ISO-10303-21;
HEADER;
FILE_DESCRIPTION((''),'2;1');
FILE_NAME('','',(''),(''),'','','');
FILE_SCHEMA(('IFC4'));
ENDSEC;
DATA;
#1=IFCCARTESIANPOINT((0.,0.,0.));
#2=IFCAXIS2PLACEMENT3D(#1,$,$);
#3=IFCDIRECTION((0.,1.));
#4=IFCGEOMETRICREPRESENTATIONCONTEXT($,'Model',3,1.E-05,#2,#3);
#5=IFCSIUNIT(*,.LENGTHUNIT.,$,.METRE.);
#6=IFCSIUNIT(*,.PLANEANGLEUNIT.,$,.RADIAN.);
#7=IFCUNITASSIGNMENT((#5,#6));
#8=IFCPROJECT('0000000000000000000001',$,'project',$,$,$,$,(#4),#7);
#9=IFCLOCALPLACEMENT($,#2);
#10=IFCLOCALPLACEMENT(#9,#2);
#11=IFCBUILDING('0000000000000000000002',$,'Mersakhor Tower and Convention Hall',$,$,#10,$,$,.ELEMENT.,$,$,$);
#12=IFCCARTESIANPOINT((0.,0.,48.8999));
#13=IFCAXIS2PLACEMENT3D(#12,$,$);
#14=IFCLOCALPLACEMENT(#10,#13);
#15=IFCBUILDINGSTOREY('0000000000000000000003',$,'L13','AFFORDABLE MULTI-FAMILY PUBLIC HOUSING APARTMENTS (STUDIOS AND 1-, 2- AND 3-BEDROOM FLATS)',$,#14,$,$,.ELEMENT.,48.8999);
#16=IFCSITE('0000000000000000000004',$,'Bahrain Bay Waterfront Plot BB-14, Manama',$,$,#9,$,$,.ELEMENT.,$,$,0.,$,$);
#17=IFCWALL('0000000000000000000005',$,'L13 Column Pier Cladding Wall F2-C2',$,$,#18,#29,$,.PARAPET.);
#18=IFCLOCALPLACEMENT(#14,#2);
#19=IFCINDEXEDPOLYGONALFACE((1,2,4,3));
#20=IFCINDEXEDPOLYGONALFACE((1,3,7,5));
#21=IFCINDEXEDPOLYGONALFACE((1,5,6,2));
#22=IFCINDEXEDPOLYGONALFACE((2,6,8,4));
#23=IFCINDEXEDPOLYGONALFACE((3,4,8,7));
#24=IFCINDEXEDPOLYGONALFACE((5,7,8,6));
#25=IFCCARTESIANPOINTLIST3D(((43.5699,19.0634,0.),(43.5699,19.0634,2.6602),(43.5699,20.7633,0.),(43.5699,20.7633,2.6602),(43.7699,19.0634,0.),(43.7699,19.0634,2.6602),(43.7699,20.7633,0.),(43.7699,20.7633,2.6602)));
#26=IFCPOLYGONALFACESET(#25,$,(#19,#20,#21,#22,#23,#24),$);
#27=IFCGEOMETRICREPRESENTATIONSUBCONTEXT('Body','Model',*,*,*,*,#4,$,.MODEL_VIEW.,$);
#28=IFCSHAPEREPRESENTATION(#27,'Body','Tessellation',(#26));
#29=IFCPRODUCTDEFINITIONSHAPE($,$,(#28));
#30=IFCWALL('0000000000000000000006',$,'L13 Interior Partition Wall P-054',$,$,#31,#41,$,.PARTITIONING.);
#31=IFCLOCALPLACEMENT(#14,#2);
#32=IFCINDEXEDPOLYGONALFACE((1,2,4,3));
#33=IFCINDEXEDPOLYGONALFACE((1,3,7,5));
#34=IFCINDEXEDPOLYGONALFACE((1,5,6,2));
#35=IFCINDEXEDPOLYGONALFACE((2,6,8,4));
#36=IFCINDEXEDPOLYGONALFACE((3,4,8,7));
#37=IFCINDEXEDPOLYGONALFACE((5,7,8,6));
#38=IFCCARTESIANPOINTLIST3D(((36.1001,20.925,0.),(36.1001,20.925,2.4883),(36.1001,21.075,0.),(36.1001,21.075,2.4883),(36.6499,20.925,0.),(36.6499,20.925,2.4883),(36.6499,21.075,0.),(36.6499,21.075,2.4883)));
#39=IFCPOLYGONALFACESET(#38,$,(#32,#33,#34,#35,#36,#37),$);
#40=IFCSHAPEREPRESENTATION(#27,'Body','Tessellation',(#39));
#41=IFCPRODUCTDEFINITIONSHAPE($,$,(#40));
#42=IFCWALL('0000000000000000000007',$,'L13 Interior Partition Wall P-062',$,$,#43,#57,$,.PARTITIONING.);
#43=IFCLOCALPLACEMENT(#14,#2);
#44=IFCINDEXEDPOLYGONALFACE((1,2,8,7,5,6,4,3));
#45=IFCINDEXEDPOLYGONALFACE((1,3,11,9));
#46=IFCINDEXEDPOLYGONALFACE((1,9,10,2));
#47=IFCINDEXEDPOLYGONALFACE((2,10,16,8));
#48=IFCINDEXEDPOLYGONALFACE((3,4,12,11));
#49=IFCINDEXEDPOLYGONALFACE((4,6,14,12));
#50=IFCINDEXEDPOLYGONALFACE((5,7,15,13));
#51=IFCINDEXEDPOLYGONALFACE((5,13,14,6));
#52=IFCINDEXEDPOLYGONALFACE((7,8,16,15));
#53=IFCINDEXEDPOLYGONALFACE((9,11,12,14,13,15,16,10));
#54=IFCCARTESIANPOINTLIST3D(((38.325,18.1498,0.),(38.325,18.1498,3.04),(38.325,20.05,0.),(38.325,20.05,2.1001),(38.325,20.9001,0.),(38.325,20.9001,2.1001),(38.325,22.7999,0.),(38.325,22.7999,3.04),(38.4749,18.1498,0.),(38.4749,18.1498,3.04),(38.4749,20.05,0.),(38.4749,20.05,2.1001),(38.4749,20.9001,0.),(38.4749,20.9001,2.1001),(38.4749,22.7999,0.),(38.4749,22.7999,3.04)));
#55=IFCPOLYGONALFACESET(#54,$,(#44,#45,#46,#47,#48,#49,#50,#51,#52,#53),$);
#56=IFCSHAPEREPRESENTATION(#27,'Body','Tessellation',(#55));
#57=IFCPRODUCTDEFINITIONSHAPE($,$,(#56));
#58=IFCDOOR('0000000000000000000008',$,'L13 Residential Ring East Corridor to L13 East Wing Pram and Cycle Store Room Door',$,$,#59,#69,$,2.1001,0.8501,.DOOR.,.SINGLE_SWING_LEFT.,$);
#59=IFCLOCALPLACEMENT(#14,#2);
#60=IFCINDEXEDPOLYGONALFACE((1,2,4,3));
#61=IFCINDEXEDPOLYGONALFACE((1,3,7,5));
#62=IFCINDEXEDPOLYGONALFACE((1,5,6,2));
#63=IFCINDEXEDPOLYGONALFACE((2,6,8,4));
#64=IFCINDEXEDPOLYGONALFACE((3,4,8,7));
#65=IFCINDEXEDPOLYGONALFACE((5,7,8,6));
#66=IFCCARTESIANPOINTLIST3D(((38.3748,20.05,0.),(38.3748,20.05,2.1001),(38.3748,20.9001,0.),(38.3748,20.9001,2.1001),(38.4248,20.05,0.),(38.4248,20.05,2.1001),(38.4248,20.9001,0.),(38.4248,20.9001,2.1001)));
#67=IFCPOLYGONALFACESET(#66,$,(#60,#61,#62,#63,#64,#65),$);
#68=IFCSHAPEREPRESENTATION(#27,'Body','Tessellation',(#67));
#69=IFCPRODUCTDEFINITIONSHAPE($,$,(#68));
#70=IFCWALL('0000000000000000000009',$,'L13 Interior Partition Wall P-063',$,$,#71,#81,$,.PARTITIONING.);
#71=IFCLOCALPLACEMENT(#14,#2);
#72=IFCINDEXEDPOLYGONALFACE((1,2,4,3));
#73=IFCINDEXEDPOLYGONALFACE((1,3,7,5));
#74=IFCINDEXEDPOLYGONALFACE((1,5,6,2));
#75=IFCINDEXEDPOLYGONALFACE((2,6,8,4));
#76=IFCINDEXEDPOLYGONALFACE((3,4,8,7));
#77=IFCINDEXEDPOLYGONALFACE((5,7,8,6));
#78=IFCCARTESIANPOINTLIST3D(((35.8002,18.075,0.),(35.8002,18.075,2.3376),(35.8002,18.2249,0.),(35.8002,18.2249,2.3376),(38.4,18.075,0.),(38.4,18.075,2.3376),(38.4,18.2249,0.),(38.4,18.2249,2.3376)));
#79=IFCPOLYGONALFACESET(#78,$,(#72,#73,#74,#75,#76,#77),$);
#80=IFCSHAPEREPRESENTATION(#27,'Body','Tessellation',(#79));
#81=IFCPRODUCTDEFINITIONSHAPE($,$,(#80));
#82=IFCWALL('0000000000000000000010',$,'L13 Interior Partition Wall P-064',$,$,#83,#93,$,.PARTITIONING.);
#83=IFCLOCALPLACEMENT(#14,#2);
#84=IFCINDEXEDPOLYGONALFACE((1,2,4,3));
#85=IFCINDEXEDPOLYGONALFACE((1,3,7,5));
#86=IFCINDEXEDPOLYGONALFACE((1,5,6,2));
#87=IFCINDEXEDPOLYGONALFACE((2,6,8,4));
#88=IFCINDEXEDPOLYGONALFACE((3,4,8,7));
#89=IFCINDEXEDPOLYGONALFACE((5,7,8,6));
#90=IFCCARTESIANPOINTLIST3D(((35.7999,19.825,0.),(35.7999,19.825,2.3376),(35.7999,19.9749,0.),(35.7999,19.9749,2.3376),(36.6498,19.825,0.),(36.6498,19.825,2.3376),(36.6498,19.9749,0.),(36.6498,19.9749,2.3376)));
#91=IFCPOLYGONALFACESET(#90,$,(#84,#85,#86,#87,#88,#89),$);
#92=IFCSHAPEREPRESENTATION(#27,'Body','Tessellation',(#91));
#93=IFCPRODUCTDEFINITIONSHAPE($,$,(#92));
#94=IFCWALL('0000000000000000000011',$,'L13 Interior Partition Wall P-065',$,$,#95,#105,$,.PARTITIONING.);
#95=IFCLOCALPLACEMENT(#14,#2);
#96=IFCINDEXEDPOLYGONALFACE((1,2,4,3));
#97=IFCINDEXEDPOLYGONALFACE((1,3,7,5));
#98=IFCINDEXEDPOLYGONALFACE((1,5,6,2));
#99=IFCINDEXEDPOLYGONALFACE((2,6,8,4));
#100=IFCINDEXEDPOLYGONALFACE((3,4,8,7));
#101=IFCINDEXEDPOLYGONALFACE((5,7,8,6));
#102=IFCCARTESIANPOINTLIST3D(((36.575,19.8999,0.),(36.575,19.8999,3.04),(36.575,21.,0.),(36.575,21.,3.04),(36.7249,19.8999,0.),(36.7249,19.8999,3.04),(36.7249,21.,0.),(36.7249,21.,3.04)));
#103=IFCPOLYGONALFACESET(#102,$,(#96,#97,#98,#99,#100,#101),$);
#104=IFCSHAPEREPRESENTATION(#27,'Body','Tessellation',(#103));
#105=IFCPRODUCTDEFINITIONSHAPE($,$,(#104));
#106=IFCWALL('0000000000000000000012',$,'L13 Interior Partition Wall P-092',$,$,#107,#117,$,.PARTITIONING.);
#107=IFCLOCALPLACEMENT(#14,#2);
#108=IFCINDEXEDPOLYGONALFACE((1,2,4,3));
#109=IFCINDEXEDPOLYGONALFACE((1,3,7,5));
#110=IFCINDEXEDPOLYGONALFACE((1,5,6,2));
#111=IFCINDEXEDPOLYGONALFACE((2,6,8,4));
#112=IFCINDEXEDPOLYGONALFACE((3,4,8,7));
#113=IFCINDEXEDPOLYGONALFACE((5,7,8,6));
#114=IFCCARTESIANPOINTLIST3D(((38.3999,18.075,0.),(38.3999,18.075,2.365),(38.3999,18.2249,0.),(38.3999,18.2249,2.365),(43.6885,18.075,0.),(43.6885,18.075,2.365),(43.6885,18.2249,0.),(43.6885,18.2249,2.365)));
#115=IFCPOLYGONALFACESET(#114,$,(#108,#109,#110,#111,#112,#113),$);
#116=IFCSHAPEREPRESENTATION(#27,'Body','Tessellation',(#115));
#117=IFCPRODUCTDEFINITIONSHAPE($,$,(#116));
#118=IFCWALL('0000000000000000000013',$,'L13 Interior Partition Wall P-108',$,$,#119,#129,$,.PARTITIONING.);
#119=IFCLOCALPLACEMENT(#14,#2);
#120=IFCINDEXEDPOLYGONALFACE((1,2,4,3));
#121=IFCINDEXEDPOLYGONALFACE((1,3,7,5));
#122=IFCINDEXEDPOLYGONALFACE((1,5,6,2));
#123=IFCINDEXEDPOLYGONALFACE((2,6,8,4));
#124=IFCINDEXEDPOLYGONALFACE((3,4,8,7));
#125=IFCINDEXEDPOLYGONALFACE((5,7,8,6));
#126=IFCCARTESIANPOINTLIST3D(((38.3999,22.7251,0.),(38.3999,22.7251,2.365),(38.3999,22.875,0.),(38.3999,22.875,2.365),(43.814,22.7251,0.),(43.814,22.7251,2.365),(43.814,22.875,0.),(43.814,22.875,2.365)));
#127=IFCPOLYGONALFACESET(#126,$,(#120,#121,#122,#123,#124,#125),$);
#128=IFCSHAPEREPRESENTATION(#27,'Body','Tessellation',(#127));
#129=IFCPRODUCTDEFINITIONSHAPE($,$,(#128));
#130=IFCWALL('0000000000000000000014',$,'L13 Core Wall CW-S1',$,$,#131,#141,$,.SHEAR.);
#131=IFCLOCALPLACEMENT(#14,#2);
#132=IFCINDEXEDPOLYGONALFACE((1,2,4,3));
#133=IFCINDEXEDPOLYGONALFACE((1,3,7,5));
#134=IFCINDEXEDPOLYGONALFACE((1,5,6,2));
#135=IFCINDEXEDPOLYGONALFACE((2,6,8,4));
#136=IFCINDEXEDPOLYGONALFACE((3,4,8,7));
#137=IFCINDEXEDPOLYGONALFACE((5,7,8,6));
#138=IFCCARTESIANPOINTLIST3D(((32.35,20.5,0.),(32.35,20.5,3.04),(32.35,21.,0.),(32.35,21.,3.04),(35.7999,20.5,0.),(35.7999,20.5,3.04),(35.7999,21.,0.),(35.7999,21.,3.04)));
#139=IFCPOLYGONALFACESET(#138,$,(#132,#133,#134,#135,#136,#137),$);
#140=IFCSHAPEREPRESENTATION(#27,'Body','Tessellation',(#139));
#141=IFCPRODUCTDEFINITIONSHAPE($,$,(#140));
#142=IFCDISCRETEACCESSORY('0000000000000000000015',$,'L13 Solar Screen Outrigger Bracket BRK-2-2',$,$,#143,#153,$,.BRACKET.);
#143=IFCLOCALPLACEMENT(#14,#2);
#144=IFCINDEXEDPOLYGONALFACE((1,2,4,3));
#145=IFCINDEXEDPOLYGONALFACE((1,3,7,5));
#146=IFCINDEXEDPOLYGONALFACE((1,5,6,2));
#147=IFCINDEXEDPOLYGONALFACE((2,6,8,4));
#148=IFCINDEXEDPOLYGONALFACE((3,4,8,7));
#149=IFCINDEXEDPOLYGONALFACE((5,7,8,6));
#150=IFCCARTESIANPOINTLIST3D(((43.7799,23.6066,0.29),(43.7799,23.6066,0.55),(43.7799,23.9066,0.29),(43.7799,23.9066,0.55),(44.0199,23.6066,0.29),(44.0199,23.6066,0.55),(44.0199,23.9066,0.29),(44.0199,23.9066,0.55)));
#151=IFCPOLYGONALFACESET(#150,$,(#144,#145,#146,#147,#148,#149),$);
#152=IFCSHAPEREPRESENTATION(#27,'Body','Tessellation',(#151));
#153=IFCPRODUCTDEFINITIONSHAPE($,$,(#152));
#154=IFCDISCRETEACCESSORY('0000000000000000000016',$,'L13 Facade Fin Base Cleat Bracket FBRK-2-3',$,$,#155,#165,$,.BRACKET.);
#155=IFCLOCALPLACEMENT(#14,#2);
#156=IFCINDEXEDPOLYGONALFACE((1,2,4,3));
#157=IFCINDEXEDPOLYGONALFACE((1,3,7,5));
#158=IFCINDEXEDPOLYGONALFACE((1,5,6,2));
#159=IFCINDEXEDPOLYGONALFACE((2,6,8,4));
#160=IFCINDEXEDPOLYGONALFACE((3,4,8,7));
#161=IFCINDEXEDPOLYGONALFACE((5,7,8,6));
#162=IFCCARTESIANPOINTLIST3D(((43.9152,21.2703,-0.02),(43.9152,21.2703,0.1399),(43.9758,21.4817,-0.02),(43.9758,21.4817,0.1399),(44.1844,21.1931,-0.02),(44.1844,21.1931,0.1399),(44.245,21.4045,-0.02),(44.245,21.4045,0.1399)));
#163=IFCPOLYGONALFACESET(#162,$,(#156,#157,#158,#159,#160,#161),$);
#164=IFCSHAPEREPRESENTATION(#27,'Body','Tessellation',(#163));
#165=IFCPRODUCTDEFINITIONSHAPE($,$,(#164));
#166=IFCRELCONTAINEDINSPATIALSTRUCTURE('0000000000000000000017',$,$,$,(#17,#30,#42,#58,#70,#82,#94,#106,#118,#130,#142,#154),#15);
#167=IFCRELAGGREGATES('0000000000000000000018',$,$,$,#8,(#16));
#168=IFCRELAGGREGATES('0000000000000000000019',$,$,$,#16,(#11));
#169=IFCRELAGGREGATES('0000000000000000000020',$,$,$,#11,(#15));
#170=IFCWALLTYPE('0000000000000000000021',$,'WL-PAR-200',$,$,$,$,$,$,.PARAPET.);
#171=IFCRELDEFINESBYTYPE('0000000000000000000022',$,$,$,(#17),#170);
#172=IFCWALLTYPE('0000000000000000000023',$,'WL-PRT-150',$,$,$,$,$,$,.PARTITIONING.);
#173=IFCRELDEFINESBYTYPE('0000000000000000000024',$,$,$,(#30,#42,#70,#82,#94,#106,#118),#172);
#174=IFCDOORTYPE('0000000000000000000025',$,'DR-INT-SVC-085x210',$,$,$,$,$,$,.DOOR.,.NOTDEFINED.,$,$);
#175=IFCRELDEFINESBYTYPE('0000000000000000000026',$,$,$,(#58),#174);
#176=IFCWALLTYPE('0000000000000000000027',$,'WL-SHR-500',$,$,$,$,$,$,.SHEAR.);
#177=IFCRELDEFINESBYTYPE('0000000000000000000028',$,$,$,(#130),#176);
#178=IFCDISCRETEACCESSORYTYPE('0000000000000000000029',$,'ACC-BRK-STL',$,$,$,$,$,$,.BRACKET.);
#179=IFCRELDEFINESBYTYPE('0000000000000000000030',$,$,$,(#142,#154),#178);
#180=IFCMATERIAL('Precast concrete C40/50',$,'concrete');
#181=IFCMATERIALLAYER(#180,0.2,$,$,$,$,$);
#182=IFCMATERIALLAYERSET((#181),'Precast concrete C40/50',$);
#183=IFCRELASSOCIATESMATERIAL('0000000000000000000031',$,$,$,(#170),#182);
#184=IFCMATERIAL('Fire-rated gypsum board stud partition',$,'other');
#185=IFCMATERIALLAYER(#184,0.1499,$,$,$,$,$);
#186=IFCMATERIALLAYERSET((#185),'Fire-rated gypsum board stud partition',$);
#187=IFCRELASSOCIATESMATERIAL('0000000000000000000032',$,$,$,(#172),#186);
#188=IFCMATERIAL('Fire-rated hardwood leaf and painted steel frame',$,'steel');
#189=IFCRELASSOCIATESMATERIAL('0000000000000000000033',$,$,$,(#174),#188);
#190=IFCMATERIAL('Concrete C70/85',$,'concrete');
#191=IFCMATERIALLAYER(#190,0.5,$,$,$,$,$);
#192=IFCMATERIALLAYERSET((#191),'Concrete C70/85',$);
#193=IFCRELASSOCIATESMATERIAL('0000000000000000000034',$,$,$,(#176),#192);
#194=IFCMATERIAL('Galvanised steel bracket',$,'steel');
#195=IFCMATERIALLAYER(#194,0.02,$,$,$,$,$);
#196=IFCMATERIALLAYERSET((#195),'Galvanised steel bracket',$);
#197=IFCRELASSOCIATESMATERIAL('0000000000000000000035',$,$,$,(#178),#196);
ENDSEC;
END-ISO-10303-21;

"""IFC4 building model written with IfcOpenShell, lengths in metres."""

from ifc_helpers import new_model, si_unit, direction, frame, frame_2d, origin, origin_2d, place, context, subcontext, project, spatial, rectangle, extrude, material, layer, layer_set, type_object, element, fill, save


model = new_model("IFC4")

# Units and contexts
model_context = context("Model", 3, precision=1e-05, world=origin(), true_north=direction((0.0, 1.0)))
body_context = subcontext(model_context, "Body", "Model", "MODEL_VIEW")
ifc_project = project(units=[si_unit("LENGTHUNIT", "METRE"), si_unit("PLANEANGLEUNIT", "RADIAN")], contexts=[model_context])

# Site, building, storey
site_placement = place(None, origin())
site = spatial("IfcSite", under=ifc_project, at=site_placement, Name="Bahrain Bay Waterfront Plot BB-14, Manama", CompositionType="ELEMENT", RefElevation=0.0)
building_placement = place(site_placement, origin())
building = spatial("IfcBuilding", under=site, at=building_placement, Name="Mersakhor Tower and Convention Hall", CompositionType="ELEMENT")
storey_placement = place(building_placement, frame((0.0, 0.0, 48.8999)))
storey = spatial("IfcBuildingStorey", under=building, at=storey_placement, Name="L13", Description="AFFORDABLE MULTI-FAMILY PUBLIC HOUSING APARTMENTS (STUDIOS AND 1-, 2- AND 3-BEDROOM FLATS)", CompositionType="ELEMENT", Elevation=48.8999)

# Walls
ifc_material_1 = material(Name="Precast concrete C40/50", Category="concrete")
ifc_layer_1 = layer(ifc_material_1, 0.2)
ifc_layer_set_1 = layer_set([ifc_layer_1], Name="Precast concrete C40/50")
wall_type_1 = type_object("IfcWallType", Name="WL-PAR-200", PredefinedType="PARAPET", material=ifc_layer_set_1)
wall_1_placement = place(storey_placement, frame((43.6699, 20.7634, 0.0), z_axis=(0.0, 0.0, 1.0), x_axis=(0.0, -1.0, 0.0)))
element("IfcWall", 1, at=wall_1_placement, inside=storey, type_object=wall_type_1, Name="L13 Column Pier Cladding Wall F2-C2", PredefinedType="PARAPET", context=body_context, shape_type="SweptSolid", body=[
    extrude(rectangle(XDim=1.7, YDim=0.2, at=frame_2d((0.8501, 0.0))), origin(), (0.0, 0.0, 1.0), 2.6602),
])
ifc_material_2 = material(Name="Fire-rated gypsum board stud partition", Category="other")
ifc_layer_2 = layer(ifc_material_2, 0.1499)
ifc_layer_set_2 = layer_set([ifc_layer_2], Name="Fire-rated gypsum board stud partition")
wall_type_2 = type_object("IfcWallType", Name="WL-PRT-150", PredefinedType="PARTITIONING", material=ifc_layer_set_2)
wall_2_placement = place(storey_placement, frame((36.6499, 21.0, 0.0), z_axis=(0.0, 0.0, 1.0), x_axis=(-1.0, 0.0, 0.0)))
element("IfcWall", 2, at=wall_2_placement, inside=storey, type_object=wall_type_2, Name="L13 Interior Partition Wall P-054", PredefinedType="PARTITIONING", context=body_context, shape_type="SweptSolid", body=[
    extrude(rectangle(XDim=0.5498, YDim=0.1499, at=frame_2d((0.2749, 0.0))), origin(), (0.0, 0.0, 1.0), 2.4883),
])

# Wall, opening, door
wall_3_placement = place(storey_placement, frame((38.3999, 22.8, 0.0), z_axis=(0.0, 0.0, 1.0), x_axis=(0.0, -1.0, 0.0)))
wall_3 = element("IfcWall", 3, at=wall_3_placement, inside=storey, type_object=wall_type_2, Name="L13 Interior Partition Wall P-062", PredefinedType="PARTITIONING", context=body_context, shape_type="SweptSolid", body=[
    extrude(rectangle(XDim=4.6501, YDim=0.1499, at=frame_2d((2.3252, 0.0))), origin(), (0.0, 0.0, 1.0), 3.04),
])
opening_placement = place(wall_3_placement, frame((1.8999, 0.0, 0.0)))
opening = element("IfcOpeningElement", 4, at=opening_placement, cuts=wall_3, PredefinedType="OPENING", context=body_context, shape_type="SweptSolid", body=[
    extrude(rectangle(XDim=0.8501, YDim=2.1001, at=frame_2d((0.425, 1.05))), frame((0.0, 0.085, 0.0), z_axis=(0.0, -1.0, 0.0), x_axis=(1.0, 0.0, 0.0)), (0.0, 0.0, 1.0), 0.1699),
])
ifc_material_3 = material(Name="Fire-rated hardwood leaf and painted steel frame", Category="steel")
door_type = type_object("IfcDoorType", Name="DR-INT-SVC-085x210", OperationType="NOTDEFINED", PredefinedType="DOOR", material=ifc_material_3)
door_placement = place(opening_placement, origin())
door = element("IfcDoor", 5, at=door_placement, inside=storey, type_object=door_type, Name="L13 Residential Ring East Corridor to L13 East Wing Pram and Cycle Store Room Door", OperationType="SINGLE_SWING_LEFT", OverallHeight=2.1001, OverallWidth=0.8501, PredefinedType="DOOR", context=body_context, shape_type="SweptSolid", body=[
    extrude(rectangle(XDim=0.8501, YDim=2.1001, at=frame_2d((0.425, 1.05))), frame((0.0, 0.0249, 0.0), z_axis=(0.0, -1.0, 0.0), x_axis=(1.0, 0.0, 0.0)), (0.0, 0.0, 1.0), 0.05),
])
fill(opening, door)

# Walls
wall_4_placement = place(storey_placement, frame((38.3999, 18.1499, 0.0), z_axis=(0.0, 0.0, 1.0), x_axis=(-1.0, 0.0, 0.0)))
element("IfcWall", 6, at=wall_4_placement, inside=storey, type_object=wall_type_2, Name="L13 Interior Partition Wall P-063", PredefinedType="PARTITIONING", context=body_context, shape_type="SweptSolid", body=[
    extrude(rectangle(XDim=2.5999, YDim=0.1499, at=frame_2d((1.2998, 0.0))), origin(), (0.0, 0.0, 1.0), 2.3376),
])
wall_5_placement = place(storey_placement, frame((35.8, 19.8999, 0.0), z_axis=(0.0, 0.0, 1.0), x_axis=(1.0, 0.0, 0.0)))
element("IfcWall", 7, at=wall_5_placement, inside=storey, type_object=wall_type_2, Name="L13 Interior Partition Wall P-064", PredefinedType="PARTITIONING", context=body_context, shape_type="SweptSolid", body=[
    extrude(rectangle(XDim=0.8499, YDim=0.1499, at=frame_2d((0.4248, 0.0))), origin(), (0.0, 0.0, 1.0), 2.3376),
])
wall_6_placement = place(storey_placement, frame((36.6499, 19.8999, 0.0), z_axis=(0.0, 0.0, 1.0), x_axis=(0.0, 1.0, 0.0)))
element("IfcWall", 8, at=wall_6_placement, inside=storey, type_object=wall_type_2, Name="L13 Interior Partition Wall P-065", PredefinedType="PARTITIONING", context=body_context, shape_type="SweptSolid", body=[
    extrude(rectangle(XDim=1.1001, YDim=0.1499, at=frame_2d((0.55, 0.0))), origin(), (0.0, 0.0, 1.0), 3.04),
])
wall_7_placement = place(storey_placement, frame((38.3999, 18.1499, 0.0), z_axis=(0.0, 0.0, 1.0), x_axis=(1.0, 0.0, 0.0)))
element("IfcWall", 9, at=wall_7_placement, inside=storey, type_object=wall_type_2, Name="L13 Interior Partition Wall P-092", PredefinedType="PARTITIONING", context=body_context, shape_type="SweptSolid", body=[
    extrude(rectangle(XDim=5.2886, YDim=0.1499, at=frame_2d((2.6443, 0.0))), origin(), (0.0, 0.0, 1.0), 2.365),
])
wall_8_placement = place(storey_placement, frame((43.814, 22.8, 0.0), z_axis=(0.0, 0.0, 1.0), x_axis=(-1.0, 0.0, 0.0)))
element("IfcWall", 10, at=wall_8_placement, inside=storey, type_object=wall_type_2, Name="L13 Interior Partition Wall P-108", PredefinedType="PARTITIONING", context=body_context, shape_type="SweptSolid", body=[
    extrude(rectangle(XDim=5.4141, YDim=0.1499, at=frame_2d((2.707, 0.0))), origin(), (0.0, 0.0, 1.0), 2.365),
])
ifc_material_4 = material(Name="Concrete C70/85", Category="concrete")
ifc_layer_3 = layer(ifc_material_4, 0.5)
ifc_layer_set_3 = layer_set([ifc_layer_3], Name="Concrete C70/85")
wall_type_3 = type_object("IfcWallType", Name="WL-SHR-500", PredefinedType="SHEAR", material=ifc_layer_set_3)
wall_9_placement = place(storey_placement, frame((35.8, 20.75, 0.0), z_axis=(0.0, 0.0, 1.0), x_axis=(-1.0, 0.0, 0.0)))
element("IfcWall", 11, at=wall_9_placement, inside=storey, type_object=wall_type_3, Name="L13 Core Wall CW-S1", PredefinedType="SHEAR", context=body_context, shape_type="SweptSolid", body=[
    extrude(rectangle(XDim=3.45, YDim=0.5, at=frame_2d((1.7251, 0.0))), origin(), (0.0, 0.0, 1.0), 3.04),
])

# Discrete accessories
ifc_material_5 = material(Name="Galvanised steel bracket", Category="steel")
ifc_layer_4 = layer(ifc_material_5, 0.02)
ifc_layer_set_4 = layer_set([ifc_layer_4], Name="Galvanised steel bracket")
discrete_accessory_type = type_object("IfcDiscreteAccessoryType", Name="ACC-BRK-STL", PredefinedType="BRACKET", material=ifc_layer_set_4)
discrete_accessory_1_placement = place(storey_placement, frame((43.8999, 23.7566, 0.29), z_axis=(0.0, 0.0, 1.0), x_axis=(0.0, -1.0, 0.0)))
element("IfcDiscreteAccessory", 12, at=discrete_accessory_1_placement, inside=storey, type_object=discrete_accessory_type, Name="L13 Solar Screen Outrigger Bracket BRK-2-2", PredefinedType="BRACKET", context=body_context, shape_type="SweptSolid", body=[
    extrude(rectangle(XDim=0.3, YDim=0.24, at=origin_2d()), origin(), (0.0, 0.0, 1.0), 0.26),
])
discrete_accessory_2_placement = place(storey_placement, frame((44.0801, 21.3374, -0.02), z_axis=(0.0, 0.0, 1.0), x_axis=(0.961262, -0.275637, 0.0)))
element("IfcDiscreteAccessory", 13, at=discrete_accessory_2_placement, inside=storey, type_object=discrete_accessory_type, Name="L13 Facade Fin Base Cleat Bracket FBRK-2-3", PredefinedType="BRACKET", context=body_context, shape_type="SweptSolid", body=[
    extrude(rectangle(XDim=0.28, YDim=0.22, at=origin_2d()), origin(), (0.0, 0.0, 1.0), 0.1599),
])

save(model, "model.ifc")
